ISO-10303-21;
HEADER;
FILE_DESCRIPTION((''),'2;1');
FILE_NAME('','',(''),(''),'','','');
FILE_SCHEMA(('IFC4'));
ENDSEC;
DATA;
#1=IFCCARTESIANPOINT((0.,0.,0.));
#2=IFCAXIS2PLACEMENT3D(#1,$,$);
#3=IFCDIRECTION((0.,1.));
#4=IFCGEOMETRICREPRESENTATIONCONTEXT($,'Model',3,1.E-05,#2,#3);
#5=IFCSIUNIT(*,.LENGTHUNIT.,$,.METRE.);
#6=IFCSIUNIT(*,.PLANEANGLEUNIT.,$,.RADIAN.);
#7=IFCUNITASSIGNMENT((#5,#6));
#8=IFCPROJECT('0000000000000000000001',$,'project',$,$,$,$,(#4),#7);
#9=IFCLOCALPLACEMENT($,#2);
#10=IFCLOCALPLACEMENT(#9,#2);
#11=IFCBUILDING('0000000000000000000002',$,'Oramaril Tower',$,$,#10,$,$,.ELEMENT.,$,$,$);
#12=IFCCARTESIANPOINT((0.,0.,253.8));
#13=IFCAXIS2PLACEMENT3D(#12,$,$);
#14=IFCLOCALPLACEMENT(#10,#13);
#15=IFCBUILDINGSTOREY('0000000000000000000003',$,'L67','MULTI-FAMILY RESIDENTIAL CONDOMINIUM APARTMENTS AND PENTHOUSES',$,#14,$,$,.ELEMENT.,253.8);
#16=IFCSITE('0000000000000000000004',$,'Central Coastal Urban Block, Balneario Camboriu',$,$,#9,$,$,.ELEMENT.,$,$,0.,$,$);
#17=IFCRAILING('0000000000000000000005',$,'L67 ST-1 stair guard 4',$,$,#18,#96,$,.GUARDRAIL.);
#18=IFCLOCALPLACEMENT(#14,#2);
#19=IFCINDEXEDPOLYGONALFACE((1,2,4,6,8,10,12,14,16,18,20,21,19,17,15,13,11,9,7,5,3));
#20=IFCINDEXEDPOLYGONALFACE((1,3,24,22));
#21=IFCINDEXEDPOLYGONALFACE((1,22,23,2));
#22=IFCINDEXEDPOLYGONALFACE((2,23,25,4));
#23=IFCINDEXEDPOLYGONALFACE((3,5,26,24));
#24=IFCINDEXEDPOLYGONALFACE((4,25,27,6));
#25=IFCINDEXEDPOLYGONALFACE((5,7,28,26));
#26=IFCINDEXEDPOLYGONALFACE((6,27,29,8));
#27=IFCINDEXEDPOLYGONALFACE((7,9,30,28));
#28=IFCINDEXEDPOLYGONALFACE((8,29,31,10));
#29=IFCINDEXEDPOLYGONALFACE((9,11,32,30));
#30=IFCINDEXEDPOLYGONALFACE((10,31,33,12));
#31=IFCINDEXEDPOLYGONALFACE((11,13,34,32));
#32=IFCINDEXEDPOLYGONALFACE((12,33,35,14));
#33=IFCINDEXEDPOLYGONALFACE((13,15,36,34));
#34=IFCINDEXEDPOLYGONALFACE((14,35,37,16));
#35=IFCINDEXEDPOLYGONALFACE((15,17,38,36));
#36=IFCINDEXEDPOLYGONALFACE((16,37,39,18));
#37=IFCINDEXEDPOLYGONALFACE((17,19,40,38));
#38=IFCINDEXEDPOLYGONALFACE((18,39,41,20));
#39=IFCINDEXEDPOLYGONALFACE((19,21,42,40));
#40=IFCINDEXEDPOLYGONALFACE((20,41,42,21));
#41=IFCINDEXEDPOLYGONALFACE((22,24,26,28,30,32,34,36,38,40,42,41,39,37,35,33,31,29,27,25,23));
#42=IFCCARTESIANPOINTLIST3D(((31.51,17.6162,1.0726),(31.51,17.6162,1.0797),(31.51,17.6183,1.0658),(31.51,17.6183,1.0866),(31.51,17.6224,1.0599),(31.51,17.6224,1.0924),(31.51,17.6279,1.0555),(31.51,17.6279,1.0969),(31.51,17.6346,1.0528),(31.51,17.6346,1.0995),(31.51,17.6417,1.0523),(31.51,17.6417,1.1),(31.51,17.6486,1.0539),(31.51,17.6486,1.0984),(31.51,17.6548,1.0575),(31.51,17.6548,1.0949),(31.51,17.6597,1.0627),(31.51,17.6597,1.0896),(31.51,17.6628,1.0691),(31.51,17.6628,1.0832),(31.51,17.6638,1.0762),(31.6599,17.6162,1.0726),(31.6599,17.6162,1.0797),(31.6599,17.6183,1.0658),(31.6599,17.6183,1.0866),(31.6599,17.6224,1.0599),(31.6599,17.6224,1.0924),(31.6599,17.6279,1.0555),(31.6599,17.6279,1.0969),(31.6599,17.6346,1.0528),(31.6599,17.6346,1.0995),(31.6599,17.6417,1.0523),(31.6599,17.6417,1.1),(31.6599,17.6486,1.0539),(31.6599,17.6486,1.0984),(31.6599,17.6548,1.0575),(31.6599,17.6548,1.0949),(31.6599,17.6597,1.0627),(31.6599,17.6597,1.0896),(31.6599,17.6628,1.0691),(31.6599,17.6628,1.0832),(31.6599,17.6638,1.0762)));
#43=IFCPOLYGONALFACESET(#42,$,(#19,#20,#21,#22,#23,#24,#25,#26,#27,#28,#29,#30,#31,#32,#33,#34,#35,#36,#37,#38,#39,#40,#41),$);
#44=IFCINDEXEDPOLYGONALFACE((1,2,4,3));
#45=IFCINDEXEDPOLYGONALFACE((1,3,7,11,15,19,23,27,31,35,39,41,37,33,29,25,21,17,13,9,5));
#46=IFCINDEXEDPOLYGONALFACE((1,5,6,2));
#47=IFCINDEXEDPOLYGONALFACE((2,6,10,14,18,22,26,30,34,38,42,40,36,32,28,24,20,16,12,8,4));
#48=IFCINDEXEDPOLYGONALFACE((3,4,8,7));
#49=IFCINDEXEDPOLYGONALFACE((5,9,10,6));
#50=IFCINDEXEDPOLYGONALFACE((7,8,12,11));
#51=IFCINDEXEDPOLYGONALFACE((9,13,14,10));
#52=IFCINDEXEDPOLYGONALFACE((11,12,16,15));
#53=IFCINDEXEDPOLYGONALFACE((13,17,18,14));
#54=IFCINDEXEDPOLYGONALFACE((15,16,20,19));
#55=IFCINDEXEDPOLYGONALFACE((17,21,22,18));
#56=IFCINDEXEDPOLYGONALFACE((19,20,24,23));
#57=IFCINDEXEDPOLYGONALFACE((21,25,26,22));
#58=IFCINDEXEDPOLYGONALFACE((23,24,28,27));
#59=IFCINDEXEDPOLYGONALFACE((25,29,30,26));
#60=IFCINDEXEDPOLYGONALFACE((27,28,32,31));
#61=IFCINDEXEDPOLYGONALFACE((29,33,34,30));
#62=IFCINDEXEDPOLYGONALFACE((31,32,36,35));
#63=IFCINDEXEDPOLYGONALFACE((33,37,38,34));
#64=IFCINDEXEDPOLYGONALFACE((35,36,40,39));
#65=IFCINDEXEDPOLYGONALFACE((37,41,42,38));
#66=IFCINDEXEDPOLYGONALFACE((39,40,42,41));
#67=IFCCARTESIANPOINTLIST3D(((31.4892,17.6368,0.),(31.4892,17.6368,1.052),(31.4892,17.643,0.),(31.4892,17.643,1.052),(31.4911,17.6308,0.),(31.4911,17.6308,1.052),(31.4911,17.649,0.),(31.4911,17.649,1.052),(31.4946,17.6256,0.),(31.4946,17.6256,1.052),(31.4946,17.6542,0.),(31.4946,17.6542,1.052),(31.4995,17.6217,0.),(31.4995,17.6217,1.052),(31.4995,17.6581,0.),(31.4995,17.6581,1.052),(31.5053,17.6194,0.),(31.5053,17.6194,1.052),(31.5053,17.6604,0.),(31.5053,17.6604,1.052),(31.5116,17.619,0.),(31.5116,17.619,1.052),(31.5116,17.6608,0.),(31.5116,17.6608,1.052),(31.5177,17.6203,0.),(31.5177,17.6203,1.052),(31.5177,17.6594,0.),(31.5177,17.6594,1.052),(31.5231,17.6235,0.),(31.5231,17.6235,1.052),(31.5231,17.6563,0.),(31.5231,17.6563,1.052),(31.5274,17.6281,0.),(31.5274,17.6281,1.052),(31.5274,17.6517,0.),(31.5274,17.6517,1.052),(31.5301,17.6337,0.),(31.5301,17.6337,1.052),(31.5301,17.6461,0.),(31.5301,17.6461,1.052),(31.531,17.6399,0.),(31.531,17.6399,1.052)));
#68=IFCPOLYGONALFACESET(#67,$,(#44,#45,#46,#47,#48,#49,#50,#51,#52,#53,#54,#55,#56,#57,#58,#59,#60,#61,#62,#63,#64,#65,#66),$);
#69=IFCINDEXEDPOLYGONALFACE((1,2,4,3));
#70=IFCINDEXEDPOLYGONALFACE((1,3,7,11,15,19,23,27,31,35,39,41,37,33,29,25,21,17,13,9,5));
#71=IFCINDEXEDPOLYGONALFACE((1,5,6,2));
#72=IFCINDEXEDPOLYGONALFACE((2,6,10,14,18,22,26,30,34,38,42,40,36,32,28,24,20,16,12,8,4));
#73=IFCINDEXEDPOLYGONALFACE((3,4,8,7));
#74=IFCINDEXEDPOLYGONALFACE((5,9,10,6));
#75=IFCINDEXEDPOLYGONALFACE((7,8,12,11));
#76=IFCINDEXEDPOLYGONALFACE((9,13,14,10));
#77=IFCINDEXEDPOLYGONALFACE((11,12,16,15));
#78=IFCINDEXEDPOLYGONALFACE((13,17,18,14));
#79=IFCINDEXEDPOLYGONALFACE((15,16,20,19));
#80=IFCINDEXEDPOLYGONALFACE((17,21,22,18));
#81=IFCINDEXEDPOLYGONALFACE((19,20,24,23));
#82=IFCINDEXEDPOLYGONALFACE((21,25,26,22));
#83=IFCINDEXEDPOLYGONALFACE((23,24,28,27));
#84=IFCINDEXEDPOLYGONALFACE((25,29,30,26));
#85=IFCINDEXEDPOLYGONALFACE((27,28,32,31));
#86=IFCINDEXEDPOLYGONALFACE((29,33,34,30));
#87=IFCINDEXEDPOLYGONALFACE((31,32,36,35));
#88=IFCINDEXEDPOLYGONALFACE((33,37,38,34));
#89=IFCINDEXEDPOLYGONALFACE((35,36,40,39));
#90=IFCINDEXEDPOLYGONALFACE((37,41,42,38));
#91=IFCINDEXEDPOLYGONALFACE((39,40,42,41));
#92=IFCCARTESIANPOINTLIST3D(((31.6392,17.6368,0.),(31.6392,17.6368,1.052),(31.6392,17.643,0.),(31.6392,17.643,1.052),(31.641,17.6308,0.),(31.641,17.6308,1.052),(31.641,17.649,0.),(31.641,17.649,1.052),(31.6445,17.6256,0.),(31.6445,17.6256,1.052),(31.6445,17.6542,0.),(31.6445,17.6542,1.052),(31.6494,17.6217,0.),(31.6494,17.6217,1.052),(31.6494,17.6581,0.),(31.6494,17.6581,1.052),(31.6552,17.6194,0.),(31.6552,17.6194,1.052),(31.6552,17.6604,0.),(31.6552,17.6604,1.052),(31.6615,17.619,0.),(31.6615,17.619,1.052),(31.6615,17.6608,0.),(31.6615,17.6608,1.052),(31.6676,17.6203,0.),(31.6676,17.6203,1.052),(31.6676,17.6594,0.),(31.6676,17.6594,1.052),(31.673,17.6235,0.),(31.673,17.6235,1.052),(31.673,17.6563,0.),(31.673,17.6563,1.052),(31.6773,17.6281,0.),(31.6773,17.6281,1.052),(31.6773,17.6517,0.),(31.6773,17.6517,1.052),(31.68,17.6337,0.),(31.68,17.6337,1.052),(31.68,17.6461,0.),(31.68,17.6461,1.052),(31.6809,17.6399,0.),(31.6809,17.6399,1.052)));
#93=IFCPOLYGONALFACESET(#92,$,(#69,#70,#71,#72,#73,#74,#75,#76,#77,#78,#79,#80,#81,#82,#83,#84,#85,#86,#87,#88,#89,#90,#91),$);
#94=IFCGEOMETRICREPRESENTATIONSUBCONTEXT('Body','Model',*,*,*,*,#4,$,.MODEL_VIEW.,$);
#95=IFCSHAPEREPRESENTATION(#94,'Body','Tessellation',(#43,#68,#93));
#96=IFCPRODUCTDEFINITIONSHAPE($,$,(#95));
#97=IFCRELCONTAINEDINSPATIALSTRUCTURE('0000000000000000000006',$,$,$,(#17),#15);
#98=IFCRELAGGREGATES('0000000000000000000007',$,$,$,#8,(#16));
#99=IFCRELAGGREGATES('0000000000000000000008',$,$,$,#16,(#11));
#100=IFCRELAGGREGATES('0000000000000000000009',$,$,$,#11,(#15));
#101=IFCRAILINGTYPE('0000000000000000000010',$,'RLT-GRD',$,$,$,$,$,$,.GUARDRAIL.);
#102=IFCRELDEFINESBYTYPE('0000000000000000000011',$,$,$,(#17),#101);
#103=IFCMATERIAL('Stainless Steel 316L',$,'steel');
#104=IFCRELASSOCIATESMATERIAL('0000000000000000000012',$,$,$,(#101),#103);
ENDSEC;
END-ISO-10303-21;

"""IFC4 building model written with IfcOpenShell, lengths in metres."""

from ifc_helpers import new_model, si_unit, direction, frame, origin, origin_2d, place, context, subcontext, project, spatial, circle, extrude, material, type_object, element, save


model = new_model("IFC4")

# Units and contexts
model_context = context("Model", 3, precision=1e-05, world=origin(), true_north=direction((0.0, 1.0)))
body_context = subcontext(model_context, "Body", "Model", "MODEL_VIEW")
ifc_project = project(units=[si_unit("LENGTHUNIT", "METRE"), si_unit("PLANEANGLEUNIT", "RADIAN")], contexts=[model_context])

# Site, building, storey
site_placement = place(None, origin())
site = spatial("IfcSite", under=ifc_project, at=site_placement, Name="Central Coastal Urban Block, Balneario Camboriu", CompositionType="ELEMENT", RefElevation=0.0)
building_placement = place(site_placement, origin())
building = spatial("IfcBuilding", under=site, at=building_placement, Name="Oramaril Tower", CompositionType="ELEMENT")
storey_placement = place(building_placement, frame((0.0, 0.0, 253.8)))
storey = spatial("IfcBuildingStorey", under=building, at=storey_placement, Name="L67", Description="MULTI-FAMILY RESIDENTIAL CONDOMINIUM APARTMENTS AND PENTHOUSES", CompositionType="ELEMENT", Elevation=253.8)

# Railing
ifc_material_1 = material(Name="Stainless Steel 316L", Category="steel")
railing_type_1 = type_object("IfcRailingType", Name="RLT-GRD", PredefinedType="GUARDRAIL", material=ifc_material_1)
railing_1_placement = place(storey_placement, frame((31.51, 17.6399, 0.0)))
element("IfcRailing", 1, at=railing_1_placement, inside=storey, type_object=railing_type_1, Name="L67 ST-1 stair guard 4", PredefinedType="GUARDRAIL", context=body_context, shape_type="SweptSolid", body=[
    extrude(circle(Radius=0.0239, at=origin_2d()), frame((0.0, 0.0, 1.0762), z_axis=(1.0, 0.0, 0.0), x_axis=(0.0, 1.0, 0.0)), (0.0, 0.0, 1.0), 0.1499),
    extrude(circle(Radius=0.021, at=origin_2d()), origin(), (0.0, 0.0, 1.0), 1.052),
    extrude(circle(Radius=0.021, at=origin_2d()), frame((0.1499, 0.0, 0.0)), (0.0, 0.0, 1.0), 1.052),
])

save(model, "model.ifc")
